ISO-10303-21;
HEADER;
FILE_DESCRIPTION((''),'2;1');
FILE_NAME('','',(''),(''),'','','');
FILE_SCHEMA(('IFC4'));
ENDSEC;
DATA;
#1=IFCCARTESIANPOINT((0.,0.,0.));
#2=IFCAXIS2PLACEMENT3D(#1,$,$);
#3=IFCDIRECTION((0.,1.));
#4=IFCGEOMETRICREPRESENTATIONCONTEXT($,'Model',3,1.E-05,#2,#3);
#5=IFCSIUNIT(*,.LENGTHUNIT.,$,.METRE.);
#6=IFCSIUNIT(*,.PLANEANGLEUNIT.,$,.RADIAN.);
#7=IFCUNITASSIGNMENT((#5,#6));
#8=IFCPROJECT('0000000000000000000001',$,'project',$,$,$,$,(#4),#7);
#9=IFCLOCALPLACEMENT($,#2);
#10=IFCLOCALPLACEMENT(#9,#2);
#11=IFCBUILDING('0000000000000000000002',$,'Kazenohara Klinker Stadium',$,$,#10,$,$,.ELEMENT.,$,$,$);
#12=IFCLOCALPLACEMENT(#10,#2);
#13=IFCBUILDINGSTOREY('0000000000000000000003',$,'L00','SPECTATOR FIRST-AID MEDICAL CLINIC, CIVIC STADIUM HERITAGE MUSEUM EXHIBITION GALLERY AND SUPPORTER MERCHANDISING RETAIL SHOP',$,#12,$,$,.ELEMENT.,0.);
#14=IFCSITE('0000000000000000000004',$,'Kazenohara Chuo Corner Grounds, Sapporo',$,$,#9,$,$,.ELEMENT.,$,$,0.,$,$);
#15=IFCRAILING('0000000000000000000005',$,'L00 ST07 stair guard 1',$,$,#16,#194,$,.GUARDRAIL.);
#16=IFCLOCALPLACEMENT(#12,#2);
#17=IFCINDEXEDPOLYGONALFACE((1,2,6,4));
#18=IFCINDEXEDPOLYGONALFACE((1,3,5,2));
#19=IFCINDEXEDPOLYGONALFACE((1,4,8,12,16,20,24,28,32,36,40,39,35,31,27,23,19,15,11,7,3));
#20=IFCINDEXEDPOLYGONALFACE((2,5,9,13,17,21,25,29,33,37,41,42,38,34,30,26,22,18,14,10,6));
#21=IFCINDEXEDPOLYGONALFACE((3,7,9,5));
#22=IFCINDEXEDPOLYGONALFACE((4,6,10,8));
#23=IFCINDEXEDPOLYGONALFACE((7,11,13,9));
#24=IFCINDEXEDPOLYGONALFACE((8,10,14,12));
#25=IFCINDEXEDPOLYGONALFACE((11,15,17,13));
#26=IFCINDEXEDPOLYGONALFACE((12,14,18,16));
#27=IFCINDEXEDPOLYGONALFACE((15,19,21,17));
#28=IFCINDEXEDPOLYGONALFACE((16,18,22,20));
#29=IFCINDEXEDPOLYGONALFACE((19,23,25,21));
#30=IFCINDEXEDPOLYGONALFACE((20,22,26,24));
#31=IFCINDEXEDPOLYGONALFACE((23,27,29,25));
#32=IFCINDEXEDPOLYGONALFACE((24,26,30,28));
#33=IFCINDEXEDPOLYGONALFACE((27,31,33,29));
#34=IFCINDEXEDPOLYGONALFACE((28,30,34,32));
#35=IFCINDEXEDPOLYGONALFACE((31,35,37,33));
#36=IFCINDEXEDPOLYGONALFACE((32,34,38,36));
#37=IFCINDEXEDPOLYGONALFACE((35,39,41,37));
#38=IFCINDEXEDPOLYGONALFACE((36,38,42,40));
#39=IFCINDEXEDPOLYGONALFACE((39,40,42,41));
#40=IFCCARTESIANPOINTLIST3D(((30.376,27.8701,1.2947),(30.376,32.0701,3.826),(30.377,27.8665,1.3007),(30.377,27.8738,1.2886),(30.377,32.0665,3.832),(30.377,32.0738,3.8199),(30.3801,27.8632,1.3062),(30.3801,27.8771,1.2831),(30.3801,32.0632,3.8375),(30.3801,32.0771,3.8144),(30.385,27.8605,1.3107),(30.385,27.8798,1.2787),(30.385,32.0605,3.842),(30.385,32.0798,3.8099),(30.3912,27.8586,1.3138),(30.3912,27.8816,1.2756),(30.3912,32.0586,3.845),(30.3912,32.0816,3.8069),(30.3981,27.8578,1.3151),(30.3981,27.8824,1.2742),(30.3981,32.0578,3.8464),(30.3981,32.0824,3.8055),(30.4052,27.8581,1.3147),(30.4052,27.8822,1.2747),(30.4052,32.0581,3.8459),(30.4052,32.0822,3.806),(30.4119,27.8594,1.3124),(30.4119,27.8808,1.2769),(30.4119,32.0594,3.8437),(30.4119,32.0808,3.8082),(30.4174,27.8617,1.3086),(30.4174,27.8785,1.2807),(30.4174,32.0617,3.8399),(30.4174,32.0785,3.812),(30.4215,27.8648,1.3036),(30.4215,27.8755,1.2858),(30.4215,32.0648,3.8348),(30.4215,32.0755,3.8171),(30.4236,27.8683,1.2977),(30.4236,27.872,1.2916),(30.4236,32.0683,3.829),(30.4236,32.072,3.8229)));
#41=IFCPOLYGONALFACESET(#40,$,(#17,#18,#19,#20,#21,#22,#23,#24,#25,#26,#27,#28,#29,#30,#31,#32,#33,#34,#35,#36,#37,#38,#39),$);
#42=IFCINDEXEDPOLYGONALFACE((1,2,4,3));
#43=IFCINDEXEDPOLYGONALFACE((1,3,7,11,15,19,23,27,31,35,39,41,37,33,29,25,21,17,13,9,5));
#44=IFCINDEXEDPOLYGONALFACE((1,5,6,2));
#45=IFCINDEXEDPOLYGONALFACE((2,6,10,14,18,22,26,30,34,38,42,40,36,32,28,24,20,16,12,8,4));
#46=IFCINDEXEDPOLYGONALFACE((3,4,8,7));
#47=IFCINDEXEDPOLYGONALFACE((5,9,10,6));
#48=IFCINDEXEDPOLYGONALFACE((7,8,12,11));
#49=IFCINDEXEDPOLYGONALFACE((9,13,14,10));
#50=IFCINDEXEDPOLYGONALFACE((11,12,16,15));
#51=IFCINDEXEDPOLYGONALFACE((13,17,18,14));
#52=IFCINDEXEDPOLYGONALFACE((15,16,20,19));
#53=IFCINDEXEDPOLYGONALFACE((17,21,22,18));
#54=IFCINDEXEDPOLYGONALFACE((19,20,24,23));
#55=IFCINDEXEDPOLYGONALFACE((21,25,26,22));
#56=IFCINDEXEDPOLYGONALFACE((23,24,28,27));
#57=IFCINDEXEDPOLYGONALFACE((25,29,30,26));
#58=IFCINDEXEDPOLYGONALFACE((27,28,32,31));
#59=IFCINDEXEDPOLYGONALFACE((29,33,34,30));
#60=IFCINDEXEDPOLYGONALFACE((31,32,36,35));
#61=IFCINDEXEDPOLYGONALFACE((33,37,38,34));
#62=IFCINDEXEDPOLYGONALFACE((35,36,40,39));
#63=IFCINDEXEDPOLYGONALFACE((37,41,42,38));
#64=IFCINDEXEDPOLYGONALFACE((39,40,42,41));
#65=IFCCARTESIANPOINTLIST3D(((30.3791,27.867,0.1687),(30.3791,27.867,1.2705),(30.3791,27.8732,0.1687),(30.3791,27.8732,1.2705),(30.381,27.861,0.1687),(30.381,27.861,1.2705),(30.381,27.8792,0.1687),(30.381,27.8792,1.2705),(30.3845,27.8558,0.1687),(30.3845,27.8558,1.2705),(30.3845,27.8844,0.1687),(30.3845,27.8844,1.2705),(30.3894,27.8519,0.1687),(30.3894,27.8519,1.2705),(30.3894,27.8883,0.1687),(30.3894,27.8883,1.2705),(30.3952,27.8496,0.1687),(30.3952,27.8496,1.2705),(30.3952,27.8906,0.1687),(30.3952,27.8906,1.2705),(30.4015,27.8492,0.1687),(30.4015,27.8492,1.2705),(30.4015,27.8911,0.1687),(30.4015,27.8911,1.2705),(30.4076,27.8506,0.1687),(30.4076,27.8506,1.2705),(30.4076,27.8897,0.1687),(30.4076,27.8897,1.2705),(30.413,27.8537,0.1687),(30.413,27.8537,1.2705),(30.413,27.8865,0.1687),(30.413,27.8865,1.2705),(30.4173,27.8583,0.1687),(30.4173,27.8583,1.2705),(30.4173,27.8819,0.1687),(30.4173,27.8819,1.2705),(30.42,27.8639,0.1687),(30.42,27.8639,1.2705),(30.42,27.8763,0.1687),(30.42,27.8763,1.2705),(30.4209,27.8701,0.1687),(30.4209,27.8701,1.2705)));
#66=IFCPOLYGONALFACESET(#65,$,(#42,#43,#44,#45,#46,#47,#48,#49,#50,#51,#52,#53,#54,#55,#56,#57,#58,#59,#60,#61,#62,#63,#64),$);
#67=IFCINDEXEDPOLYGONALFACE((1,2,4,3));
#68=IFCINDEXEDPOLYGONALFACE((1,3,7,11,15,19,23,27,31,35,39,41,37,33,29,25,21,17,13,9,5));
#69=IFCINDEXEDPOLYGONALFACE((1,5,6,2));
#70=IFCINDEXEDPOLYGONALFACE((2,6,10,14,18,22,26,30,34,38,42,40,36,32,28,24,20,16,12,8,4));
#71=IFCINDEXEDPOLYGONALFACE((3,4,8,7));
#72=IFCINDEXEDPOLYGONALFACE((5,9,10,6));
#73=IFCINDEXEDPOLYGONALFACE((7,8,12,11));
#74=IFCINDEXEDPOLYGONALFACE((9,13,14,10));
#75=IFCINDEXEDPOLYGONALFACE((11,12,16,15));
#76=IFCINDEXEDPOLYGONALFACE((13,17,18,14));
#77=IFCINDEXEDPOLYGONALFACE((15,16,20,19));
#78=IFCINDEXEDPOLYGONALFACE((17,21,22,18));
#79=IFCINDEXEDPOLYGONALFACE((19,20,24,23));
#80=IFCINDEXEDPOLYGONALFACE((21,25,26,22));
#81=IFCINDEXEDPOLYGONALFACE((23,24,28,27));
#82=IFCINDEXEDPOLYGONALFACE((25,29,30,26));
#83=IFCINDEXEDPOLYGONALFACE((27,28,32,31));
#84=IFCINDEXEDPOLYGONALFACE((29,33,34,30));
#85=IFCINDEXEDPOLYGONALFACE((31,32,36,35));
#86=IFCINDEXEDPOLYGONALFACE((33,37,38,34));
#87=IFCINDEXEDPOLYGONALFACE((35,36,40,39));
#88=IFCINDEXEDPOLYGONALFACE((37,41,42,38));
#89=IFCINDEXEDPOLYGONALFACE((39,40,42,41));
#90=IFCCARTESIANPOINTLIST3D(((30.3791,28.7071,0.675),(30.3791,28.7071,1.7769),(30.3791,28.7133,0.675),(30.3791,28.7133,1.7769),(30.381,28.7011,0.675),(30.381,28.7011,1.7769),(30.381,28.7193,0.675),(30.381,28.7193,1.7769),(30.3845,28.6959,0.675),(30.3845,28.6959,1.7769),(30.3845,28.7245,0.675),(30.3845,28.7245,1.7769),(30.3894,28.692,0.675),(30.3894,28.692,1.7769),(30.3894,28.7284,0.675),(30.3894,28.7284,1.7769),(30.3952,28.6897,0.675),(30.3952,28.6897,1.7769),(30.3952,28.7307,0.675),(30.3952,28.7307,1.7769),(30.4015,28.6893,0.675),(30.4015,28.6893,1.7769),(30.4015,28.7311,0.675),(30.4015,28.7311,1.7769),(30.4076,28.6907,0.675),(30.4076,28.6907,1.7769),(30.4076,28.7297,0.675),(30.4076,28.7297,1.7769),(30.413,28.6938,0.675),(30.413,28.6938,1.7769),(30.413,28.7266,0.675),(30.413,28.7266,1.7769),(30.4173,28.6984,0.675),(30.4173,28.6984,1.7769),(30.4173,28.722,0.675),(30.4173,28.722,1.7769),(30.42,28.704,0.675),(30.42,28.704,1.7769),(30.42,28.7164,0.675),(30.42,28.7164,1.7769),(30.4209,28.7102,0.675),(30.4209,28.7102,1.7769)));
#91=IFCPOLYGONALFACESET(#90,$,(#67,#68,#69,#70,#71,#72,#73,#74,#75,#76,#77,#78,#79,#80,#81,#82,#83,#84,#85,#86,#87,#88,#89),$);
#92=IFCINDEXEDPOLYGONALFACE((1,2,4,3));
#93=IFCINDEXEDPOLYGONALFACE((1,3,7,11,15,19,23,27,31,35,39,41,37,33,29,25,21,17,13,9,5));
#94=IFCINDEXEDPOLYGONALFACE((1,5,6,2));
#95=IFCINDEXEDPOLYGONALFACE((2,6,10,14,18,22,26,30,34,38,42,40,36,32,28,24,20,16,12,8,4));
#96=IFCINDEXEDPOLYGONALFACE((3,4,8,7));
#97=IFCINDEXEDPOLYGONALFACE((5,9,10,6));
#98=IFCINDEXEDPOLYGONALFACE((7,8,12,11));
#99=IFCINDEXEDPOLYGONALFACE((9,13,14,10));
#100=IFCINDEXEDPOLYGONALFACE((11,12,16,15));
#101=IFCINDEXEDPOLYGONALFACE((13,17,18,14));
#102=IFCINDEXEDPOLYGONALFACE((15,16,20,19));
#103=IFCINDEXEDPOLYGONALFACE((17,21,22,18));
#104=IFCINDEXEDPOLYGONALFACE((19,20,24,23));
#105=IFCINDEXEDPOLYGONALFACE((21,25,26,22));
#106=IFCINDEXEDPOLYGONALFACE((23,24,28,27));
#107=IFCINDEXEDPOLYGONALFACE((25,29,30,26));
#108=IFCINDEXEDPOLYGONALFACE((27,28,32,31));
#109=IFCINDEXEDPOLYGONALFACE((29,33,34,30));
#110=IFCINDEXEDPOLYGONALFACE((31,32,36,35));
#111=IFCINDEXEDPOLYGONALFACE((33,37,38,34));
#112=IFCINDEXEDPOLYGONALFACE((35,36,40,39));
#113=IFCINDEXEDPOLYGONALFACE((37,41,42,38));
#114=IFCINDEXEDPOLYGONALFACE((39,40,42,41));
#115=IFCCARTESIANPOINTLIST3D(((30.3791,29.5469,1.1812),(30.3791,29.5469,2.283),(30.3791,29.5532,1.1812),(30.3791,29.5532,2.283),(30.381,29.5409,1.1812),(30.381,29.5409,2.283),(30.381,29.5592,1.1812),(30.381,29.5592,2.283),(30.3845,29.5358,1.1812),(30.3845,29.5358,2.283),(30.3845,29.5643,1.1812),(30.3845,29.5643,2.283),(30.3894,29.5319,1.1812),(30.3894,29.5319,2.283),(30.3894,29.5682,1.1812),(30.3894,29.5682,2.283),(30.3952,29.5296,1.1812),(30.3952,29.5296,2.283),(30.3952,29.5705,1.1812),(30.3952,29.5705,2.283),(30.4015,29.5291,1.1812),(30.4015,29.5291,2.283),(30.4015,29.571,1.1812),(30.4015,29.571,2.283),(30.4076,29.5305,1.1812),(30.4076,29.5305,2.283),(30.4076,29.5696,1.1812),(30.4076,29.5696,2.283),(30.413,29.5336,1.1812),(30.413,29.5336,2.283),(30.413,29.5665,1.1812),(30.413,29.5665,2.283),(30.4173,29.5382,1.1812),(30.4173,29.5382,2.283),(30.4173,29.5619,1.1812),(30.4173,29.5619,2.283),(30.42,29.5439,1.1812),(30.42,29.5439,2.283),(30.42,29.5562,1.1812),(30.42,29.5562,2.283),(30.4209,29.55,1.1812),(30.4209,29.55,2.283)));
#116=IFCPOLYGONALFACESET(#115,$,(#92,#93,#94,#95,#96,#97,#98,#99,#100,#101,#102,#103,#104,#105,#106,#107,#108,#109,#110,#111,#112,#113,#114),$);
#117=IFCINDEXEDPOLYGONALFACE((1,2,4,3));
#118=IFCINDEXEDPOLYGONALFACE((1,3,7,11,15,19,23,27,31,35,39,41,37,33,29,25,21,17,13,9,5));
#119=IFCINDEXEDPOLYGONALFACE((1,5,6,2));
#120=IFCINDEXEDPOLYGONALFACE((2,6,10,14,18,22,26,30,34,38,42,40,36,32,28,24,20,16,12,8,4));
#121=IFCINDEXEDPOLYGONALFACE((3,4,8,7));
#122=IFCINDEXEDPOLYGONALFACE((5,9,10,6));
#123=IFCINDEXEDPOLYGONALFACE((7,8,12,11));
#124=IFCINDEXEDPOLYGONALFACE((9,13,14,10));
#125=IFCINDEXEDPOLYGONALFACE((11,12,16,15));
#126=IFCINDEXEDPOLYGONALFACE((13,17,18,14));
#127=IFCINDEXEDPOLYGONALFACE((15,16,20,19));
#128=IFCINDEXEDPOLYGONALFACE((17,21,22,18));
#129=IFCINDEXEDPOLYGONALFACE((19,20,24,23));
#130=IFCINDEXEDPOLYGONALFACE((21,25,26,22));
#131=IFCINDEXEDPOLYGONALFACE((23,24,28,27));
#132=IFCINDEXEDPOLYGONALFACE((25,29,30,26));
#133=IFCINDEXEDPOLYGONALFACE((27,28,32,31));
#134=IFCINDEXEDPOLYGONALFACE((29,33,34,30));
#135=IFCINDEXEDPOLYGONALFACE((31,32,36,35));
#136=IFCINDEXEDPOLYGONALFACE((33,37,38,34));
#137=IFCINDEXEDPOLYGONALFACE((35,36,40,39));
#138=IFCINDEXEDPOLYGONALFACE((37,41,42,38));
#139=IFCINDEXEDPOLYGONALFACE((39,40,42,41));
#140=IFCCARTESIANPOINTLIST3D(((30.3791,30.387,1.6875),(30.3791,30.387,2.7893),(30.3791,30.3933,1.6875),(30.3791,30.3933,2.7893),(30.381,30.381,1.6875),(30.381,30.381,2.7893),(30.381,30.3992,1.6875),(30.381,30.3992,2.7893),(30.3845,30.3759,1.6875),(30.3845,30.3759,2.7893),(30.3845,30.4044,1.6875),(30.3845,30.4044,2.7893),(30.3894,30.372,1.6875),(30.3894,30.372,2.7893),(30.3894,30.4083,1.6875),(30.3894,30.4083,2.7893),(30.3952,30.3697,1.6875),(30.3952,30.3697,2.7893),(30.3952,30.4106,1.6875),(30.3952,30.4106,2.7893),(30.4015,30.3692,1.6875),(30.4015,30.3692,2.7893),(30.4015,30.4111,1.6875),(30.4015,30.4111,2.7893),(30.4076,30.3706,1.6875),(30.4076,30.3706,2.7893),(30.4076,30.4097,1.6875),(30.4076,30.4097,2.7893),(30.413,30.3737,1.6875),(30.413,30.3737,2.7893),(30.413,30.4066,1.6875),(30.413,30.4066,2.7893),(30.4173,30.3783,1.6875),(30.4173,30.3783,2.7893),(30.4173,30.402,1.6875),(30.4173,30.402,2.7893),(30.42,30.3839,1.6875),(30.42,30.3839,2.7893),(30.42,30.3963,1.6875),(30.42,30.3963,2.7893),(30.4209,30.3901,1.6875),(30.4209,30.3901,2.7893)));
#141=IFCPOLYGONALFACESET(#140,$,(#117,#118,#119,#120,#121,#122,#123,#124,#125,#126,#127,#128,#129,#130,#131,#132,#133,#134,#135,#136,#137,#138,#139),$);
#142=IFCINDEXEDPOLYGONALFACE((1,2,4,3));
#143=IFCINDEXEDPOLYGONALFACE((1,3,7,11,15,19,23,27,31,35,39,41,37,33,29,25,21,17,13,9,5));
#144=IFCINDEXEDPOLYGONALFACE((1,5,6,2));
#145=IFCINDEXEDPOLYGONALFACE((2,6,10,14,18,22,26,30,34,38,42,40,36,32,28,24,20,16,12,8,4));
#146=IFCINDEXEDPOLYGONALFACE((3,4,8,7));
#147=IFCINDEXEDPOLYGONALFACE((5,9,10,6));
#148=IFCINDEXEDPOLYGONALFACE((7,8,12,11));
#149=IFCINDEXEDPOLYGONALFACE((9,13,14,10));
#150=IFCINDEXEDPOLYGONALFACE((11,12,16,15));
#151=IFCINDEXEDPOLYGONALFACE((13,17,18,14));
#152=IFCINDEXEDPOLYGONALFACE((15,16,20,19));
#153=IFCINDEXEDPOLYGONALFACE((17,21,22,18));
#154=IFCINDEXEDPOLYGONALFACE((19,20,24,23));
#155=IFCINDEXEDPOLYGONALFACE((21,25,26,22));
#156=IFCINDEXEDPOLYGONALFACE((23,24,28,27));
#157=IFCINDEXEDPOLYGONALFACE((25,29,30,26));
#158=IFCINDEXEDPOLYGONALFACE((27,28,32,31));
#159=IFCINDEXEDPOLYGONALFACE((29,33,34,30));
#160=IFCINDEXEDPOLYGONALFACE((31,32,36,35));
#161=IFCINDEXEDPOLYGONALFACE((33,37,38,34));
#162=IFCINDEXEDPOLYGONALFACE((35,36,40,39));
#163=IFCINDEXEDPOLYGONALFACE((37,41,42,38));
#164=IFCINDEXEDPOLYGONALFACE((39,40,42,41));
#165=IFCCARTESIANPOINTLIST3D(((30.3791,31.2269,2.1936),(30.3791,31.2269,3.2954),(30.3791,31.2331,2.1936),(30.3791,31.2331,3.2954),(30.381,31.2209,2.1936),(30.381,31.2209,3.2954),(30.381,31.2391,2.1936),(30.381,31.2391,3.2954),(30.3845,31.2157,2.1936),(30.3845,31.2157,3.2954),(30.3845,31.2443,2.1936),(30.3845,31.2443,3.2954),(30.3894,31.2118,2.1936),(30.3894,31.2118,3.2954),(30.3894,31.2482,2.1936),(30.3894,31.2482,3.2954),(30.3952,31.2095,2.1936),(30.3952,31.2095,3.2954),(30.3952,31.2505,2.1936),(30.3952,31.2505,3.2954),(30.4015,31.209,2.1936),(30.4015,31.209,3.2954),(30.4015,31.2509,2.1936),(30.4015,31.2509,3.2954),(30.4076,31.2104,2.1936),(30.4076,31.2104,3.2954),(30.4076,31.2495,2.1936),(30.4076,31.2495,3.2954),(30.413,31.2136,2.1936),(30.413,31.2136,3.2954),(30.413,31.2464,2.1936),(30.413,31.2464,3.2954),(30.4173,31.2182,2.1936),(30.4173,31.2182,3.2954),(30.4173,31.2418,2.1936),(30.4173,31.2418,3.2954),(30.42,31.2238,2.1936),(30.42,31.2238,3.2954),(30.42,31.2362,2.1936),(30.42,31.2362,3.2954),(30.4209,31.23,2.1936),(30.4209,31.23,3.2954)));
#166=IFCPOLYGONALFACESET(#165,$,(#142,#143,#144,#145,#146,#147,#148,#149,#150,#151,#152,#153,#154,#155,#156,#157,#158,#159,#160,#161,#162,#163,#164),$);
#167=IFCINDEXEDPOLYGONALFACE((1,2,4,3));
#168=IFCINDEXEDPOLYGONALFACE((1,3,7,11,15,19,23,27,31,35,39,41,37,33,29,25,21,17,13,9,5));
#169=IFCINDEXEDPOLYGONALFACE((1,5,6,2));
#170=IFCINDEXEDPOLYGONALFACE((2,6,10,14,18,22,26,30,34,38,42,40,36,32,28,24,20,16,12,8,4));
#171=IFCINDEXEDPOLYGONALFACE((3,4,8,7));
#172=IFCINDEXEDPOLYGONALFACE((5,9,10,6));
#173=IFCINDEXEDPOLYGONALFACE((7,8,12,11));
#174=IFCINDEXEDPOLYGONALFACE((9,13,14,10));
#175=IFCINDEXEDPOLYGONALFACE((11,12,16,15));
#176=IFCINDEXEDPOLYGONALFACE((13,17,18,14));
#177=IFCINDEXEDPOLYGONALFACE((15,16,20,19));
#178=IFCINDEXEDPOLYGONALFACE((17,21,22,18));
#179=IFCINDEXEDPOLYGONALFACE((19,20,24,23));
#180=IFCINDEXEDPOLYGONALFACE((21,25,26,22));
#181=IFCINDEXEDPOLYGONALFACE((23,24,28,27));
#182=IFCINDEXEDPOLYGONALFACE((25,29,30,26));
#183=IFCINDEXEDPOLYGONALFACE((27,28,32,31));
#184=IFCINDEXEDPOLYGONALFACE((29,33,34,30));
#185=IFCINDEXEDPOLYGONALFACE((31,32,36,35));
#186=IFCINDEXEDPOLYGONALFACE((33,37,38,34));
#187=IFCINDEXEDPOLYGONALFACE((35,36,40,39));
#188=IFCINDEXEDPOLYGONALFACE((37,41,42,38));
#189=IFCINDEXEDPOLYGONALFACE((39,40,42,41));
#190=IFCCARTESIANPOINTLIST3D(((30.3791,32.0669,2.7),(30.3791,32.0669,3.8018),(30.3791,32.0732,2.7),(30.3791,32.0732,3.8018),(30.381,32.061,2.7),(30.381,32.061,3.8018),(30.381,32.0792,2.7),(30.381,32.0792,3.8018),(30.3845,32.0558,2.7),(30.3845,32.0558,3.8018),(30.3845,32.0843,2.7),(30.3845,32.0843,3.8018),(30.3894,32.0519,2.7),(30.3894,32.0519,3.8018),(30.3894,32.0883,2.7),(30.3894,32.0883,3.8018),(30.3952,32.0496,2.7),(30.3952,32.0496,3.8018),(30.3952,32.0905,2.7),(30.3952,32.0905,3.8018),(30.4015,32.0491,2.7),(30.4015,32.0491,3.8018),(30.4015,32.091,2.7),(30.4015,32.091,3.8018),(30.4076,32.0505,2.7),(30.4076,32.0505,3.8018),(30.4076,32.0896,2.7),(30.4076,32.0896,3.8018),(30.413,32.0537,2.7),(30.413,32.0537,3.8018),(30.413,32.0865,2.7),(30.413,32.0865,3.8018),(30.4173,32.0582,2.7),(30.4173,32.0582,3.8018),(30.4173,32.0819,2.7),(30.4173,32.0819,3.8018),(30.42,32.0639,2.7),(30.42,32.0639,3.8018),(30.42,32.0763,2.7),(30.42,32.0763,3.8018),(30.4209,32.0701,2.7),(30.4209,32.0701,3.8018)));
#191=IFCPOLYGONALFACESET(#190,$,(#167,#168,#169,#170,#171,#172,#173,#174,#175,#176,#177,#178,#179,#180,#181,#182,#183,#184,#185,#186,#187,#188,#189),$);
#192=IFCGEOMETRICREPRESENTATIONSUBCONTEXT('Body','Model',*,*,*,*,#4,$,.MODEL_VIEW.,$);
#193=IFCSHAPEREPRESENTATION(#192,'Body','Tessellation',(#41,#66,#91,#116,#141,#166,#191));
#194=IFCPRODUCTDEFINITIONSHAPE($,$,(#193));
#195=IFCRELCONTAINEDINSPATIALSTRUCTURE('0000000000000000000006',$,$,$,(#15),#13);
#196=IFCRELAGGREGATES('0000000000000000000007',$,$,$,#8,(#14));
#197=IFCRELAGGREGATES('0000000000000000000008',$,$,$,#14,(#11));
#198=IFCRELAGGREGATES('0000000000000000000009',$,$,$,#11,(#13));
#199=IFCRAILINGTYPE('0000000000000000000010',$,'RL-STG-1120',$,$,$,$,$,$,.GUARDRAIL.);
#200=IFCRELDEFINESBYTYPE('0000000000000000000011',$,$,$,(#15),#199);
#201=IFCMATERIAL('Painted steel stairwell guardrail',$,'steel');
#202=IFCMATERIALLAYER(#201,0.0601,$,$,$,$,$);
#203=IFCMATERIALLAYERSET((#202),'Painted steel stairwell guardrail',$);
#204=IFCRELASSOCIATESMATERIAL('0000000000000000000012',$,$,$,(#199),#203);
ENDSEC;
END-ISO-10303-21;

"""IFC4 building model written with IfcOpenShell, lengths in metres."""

from ifc_helpers import new_model, si_unit, direction, frame, origin, origin_2d, place, context, subcontext, project, spatial, circle, extrude, material, layer, layer_set, type_object, element, save


model = new_model("IFC4")

# Units and contexts
model_context = context("Model", 3, precision=1e-05, world=origin(), true_north=direction((0.0, 1.0)))
body_context = subcontext(model_context, "Body", "Model", "MODEL_VIEW")
ifc_project = project(units=[si_unit("LENGTHUNIT", "METRE"), si_unit("PLANEANGLEUNIT", "RADIAN")], contexts=[model_context])

# Site, building, storey
site_placement = place(None, origin())
site = spatial("IfcSite", under=ifc_project, at=site_placement, Name="Kazenohara Chuo Corner Grounds, Sapporo", CompositionType="ELEMENT", RefElevation=0.0)
building_placement = place(site_placement, origin())
building = spatial("IfcBuilding", under=site, at=building_placement, Name="Kazenohara Klinker Stadium", CompositionType="ELEMENT")
storey_placement = place(building_placement, origin())
storey = spatial("IfcBuildingStorey", under=building, at=storey_placement, Name="L00", Description="SPECTATOR FIRST-AID MEDICAL CLINIC, CIVIC STADIUM HERITAGE MUSEUM EXHIBITION GALLERY AND SUPPORTER MERCHANDISING RETAIL SHOP", CompositionType="ELEMENT", Elevation=0.0)

# Railing
ifc_material_1 = material(Name="Painted steel stairwell guardrail", Category="steel")
ifc_layer_1 = layer(ifc_material_1, 0.0601)
ifc_layer_set_1 = layer_set([ifc_layer_1], Name="Painted steel stairwell guardrail")
railing_type_1 = type_object("IfcRailingType", Name="RL-STG-1120", PredefinedType="GUARDRAIL", material=ifc_layer_set_1)
railing_1_placement = place(storey_placement, frame((30.3999, 27.8701, 0.1687)))
element("IfcRailing", 1, at=railing_1_placement, inside=storey, type_object=railing_type_1, Name="L00 ST07 stair guard 1", PredefinedType="GUARDRAIL", context=body_context, shape_type="SweptSolid", body=[
    extrude(circle(Radius=0.0239, at=origin_2d()), frame((0.0, 0.0, 1.126), z_axis=(0.0, 0.856476, 0.516186), x_axis=(-1.0, 0.0, 0.0)), (0.0, 0.0, 1.0), 4.9038),
    extrude(circle(Radius=0.021, at=origin_2d()), origin(), (0.0, 0.0, 1.0), 1.1018),
    extrude(circle(Radius=0.021, at=origin_2d()), frame((0.0, 0.8401, 0.5063)), (0.0, 0.0, 1.0), 1.1018),
    extrude(circle(Radius=0.021, at=origin_2d()), frame((0.0, 1.6799, 1.0125)), (0.0, 0.0, 1.0), 1.1018),
    extrude(circle(Radius=0.021, at=origin_2d()), frame((0.0, 2.52, 1.5188)), (0.0, 0.0, 1.0), 1.1018),
    extrude(circle(Radius=0.021, at=origin_2d()), frame((0.0, 3.3599, 2.0249)), (0.0, 0.0, 1.0), 1.1018),
    extrude(circle(Radius=0.021, at=origin_2d()), frame((0.0, 4.2, 2.5312)), (0.0, 0.0, 1.0), 1.1018),
])

save(model, "model.ifc")
